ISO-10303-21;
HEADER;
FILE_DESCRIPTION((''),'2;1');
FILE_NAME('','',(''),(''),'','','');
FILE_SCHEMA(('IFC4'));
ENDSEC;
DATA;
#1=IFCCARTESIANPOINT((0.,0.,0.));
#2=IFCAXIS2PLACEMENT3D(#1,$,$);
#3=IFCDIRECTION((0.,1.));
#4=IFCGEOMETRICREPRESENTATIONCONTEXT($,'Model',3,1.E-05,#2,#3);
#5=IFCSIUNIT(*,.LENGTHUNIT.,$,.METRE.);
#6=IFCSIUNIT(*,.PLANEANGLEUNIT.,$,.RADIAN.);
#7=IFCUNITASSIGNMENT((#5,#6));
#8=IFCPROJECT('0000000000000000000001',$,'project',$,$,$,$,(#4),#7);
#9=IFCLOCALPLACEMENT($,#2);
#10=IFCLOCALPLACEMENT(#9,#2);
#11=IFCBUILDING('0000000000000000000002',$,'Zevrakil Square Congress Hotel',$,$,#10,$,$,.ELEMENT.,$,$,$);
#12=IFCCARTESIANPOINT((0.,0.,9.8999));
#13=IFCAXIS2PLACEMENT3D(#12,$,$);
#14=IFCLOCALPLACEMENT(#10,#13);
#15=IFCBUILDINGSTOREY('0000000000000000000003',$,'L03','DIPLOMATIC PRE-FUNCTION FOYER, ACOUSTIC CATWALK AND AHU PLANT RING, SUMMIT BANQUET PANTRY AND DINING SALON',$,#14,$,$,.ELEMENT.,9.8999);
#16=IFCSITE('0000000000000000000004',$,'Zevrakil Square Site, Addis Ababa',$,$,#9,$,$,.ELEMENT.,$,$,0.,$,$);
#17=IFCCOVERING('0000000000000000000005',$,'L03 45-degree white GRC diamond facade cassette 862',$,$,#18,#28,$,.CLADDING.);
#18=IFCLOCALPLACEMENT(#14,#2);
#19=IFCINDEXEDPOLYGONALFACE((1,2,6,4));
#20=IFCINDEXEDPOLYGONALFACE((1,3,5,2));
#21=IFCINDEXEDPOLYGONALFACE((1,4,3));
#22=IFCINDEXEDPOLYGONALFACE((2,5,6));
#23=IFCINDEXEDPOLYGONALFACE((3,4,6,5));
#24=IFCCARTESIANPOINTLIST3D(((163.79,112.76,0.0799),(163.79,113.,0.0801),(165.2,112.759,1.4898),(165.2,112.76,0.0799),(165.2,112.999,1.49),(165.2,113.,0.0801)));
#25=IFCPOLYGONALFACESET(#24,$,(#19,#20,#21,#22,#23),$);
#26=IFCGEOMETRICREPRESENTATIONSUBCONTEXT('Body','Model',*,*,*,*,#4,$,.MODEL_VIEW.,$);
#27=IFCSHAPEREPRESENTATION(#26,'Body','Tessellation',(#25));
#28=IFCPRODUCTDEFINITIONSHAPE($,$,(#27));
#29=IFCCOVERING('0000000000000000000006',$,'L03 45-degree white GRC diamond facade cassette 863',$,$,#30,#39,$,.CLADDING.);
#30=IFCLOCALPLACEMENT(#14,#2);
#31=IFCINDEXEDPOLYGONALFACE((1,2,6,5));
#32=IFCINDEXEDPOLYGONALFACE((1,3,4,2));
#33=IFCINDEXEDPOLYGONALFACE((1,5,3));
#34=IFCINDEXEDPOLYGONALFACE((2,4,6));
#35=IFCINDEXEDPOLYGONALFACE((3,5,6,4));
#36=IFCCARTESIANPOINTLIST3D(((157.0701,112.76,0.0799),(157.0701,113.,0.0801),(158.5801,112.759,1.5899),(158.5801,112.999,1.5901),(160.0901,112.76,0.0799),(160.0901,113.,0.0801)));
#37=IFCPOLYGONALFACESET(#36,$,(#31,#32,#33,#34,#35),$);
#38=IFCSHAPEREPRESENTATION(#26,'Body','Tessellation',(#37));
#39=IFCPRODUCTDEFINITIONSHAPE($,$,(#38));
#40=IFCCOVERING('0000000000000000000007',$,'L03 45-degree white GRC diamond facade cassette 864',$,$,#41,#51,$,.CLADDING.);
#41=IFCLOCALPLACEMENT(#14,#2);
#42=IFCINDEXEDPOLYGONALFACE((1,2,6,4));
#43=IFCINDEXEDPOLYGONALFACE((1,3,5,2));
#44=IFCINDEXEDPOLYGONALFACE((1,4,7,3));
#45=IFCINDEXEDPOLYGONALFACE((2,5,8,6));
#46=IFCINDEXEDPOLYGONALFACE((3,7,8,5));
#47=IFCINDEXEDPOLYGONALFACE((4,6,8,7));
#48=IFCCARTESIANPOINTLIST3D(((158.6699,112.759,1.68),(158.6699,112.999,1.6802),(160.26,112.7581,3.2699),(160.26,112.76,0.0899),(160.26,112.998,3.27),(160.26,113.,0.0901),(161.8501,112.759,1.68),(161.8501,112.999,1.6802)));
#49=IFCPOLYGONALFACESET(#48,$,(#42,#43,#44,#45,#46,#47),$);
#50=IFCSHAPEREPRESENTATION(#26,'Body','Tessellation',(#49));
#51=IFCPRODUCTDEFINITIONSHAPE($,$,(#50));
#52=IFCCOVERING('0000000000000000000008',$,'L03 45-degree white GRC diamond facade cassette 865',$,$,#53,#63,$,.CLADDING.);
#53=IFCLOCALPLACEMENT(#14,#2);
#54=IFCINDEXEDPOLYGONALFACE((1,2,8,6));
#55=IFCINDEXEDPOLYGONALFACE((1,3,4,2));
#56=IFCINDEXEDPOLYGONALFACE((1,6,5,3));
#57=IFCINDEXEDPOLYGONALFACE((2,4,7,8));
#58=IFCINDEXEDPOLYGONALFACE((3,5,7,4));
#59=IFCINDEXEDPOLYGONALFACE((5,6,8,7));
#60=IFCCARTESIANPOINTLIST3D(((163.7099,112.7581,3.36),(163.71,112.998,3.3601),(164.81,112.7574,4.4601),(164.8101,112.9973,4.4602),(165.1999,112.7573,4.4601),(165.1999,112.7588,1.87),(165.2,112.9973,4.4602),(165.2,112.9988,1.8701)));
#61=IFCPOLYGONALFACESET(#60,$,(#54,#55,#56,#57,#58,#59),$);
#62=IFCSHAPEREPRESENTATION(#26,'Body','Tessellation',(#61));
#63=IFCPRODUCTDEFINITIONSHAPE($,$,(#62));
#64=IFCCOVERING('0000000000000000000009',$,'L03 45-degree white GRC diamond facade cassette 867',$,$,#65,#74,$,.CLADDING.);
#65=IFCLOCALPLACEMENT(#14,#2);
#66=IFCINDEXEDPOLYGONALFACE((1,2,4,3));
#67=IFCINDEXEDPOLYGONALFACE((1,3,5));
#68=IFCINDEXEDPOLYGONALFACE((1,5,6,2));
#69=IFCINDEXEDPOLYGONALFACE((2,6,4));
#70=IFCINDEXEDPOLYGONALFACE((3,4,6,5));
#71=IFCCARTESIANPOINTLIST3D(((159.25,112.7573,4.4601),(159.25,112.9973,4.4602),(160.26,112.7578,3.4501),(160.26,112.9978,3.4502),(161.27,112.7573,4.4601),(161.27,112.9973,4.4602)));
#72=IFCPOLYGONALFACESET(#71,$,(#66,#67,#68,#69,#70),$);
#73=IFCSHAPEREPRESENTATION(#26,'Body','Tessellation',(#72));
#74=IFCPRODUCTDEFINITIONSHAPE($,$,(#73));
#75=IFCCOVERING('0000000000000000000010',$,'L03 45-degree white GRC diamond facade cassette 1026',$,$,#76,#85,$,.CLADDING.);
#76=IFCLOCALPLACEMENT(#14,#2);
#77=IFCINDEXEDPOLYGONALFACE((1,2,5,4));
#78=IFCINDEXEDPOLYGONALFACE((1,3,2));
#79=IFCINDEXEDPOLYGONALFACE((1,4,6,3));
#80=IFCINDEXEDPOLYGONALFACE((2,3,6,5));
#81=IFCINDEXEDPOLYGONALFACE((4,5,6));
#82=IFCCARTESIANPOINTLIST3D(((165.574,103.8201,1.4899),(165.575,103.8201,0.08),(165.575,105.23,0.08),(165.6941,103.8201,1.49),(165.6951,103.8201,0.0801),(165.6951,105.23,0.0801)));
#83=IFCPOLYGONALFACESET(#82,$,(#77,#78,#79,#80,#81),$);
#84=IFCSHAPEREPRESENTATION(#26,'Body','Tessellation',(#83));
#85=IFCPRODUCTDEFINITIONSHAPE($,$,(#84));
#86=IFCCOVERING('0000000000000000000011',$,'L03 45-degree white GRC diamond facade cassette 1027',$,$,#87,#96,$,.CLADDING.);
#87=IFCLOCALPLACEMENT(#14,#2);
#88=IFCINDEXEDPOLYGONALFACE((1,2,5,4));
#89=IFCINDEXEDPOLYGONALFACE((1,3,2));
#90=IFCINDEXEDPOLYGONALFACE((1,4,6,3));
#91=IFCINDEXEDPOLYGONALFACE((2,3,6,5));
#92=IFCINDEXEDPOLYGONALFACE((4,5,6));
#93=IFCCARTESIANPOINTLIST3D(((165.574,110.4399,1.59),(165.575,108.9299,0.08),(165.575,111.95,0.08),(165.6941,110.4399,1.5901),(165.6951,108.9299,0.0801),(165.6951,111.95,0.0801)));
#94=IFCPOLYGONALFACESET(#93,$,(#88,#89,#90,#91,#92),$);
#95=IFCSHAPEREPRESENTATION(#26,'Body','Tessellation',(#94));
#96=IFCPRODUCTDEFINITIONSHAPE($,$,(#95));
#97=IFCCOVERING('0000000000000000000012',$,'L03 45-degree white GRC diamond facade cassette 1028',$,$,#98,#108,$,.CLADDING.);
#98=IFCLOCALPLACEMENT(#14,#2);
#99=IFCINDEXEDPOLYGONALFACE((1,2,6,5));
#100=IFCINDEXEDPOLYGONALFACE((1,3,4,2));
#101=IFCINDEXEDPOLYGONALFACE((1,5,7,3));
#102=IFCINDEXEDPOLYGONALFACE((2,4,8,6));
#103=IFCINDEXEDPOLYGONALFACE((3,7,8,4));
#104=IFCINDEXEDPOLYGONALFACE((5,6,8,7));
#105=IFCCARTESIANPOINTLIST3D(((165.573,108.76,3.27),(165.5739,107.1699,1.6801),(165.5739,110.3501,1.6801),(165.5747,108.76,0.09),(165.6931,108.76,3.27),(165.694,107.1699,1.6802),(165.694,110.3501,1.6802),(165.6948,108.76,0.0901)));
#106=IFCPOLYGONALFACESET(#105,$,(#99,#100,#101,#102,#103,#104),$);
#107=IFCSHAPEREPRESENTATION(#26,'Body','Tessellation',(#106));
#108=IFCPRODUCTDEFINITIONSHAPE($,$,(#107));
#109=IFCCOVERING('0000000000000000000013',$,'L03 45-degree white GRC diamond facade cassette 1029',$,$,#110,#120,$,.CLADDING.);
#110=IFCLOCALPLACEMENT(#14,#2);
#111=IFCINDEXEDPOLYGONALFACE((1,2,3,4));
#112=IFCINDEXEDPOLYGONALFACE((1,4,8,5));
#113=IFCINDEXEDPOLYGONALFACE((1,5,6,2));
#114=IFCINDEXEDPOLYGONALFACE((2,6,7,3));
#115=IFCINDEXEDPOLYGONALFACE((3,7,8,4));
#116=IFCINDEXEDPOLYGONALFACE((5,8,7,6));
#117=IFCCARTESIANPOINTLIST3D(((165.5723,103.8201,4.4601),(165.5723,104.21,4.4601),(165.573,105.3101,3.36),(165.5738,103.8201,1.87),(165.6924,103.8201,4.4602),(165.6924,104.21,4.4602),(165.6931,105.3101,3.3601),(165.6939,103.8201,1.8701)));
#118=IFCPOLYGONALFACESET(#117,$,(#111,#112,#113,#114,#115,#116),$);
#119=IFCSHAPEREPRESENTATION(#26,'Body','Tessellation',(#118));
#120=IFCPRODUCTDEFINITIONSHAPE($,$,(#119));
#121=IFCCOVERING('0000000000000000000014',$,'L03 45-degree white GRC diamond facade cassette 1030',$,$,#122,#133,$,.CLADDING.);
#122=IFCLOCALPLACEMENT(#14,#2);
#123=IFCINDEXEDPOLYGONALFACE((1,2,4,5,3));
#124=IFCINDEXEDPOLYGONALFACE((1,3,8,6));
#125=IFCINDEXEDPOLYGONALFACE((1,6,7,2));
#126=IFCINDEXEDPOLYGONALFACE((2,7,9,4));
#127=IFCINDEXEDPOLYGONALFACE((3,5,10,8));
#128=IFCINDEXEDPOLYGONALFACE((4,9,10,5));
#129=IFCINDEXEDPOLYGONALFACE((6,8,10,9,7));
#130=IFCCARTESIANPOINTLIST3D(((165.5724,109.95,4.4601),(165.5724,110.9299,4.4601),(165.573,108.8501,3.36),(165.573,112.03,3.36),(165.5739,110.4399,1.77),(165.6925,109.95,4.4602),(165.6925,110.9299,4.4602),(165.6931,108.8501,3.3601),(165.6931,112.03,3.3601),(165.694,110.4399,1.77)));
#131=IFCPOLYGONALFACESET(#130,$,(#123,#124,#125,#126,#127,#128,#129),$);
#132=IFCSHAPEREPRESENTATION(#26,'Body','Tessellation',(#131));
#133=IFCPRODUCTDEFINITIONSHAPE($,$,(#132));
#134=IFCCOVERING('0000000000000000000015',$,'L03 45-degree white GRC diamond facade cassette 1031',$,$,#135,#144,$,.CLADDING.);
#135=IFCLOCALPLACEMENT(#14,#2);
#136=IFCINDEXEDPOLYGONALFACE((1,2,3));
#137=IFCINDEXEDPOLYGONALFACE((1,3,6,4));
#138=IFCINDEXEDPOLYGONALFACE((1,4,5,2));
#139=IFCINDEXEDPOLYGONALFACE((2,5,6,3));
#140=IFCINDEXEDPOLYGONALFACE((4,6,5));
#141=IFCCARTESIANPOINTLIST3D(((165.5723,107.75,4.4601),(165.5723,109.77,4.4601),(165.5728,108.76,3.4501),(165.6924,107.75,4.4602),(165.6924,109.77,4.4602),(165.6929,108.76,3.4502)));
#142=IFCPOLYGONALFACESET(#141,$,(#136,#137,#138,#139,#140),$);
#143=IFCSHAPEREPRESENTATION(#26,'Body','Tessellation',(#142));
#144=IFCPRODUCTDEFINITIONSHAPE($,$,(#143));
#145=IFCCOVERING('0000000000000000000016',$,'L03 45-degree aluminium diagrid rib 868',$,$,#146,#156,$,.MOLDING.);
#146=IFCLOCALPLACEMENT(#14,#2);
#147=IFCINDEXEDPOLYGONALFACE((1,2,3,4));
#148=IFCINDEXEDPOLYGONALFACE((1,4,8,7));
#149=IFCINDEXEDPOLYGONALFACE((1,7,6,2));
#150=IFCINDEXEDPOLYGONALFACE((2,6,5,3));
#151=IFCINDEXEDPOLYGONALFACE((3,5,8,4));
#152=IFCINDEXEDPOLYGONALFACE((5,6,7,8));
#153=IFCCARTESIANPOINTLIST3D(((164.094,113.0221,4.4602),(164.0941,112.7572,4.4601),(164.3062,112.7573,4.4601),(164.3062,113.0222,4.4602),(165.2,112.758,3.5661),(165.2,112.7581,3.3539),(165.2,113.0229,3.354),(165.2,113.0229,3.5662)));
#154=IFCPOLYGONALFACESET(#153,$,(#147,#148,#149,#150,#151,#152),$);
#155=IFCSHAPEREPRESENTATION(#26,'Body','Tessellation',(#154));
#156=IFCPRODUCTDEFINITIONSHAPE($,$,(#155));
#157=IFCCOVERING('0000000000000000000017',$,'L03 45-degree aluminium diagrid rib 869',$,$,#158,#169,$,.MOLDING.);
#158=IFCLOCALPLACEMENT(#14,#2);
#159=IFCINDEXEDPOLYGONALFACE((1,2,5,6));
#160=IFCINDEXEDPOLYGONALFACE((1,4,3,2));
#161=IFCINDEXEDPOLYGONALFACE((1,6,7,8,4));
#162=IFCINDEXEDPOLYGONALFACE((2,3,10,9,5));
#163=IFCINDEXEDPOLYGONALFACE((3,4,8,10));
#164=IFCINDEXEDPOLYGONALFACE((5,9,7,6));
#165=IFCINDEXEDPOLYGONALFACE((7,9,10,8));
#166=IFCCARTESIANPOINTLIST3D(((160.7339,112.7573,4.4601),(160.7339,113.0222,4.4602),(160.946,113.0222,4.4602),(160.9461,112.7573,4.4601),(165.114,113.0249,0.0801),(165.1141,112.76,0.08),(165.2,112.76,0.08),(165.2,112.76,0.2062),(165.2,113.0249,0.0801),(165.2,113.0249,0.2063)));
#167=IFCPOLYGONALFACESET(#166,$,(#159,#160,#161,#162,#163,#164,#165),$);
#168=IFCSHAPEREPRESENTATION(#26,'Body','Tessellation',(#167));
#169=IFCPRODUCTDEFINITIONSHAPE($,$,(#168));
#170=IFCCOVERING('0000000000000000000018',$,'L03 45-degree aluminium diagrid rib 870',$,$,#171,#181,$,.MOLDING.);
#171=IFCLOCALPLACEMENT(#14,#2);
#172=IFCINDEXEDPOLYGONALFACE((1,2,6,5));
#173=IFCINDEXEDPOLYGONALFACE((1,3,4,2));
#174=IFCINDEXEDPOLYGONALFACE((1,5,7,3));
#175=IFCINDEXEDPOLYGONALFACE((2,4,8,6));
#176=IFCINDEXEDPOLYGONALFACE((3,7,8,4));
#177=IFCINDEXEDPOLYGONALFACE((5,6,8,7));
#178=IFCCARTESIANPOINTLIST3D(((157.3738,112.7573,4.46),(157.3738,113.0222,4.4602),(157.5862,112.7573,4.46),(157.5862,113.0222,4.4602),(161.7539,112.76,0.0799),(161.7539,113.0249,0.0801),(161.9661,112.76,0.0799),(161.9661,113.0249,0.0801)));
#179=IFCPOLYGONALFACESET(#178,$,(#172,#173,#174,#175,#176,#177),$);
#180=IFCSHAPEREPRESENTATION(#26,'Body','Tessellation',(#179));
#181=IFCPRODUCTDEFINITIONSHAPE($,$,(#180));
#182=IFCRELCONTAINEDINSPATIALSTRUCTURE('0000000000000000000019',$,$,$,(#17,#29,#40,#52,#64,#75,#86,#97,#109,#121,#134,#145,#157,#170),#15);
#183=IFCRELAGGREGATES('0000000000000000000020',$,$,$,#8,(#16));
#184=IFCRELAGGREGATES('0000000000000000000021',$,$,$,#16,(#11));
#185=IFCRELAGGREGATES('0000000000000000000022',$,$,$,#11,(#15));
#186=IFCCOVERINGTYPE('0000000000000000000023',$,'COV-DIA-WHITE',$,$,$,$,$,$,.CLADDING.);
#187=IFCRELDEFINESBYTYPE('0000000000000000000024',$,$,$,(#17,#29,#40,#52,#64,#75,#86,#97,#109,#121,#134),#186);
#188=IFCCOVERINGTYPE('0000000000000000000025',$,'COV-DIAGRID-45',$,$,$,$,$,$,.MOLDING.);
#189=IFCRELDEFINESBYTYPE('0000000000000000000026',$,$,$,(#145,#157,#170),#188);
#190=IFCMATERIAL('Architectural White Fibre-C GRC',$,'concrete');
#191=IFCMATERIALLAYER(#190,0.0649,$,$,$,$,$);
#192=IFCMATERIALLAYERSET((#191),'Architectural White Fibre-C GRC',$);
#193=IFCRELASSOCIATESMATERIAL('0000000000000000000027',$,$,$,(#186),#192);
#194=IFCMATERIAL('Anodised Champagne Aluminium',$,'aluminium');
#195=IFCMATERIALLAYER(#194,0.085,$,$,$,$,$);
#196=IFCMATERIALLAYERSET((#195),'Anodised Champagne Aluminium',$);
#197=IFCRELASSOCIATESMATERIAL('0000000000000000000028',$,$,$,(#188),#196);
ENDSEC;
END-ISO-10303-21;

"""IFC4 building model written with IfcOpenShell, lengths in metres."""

from ifc_helpers import new_model, si_unit, direction, frame, origin, place, context, subcontext, project, spatial, polyline, outline, extrude, material, layer, layer_set, type_object, element, save


model = new_model("IFC4")

# Units and contexts
model_context = context("Model", 3, precision=1e-05, world=origin(), true_north=direction((0.0, 1.0)))
body_context = subcontext(model_context, "Body", "Model", "MODEL_VIEW")
ifc_project = project(units=[si_unit("LENGTHUNIT", "METRE"), si_unit("PLANEANGLEUNIT", "RADIAN")], contexts=[model_context])

# Site, building, storey
site_placement = place(None, origin())
site = spatial("IfcSite", under=ifc_project, at=site_placement, Name="Zevrakil Square Site, Addis Ababa", CompositionType="ELEMENT", RefElevation=0.0)
building_placement = place(site_placement, origin())
building = spatial("IfcBuilding", under=site, at=building_placement, Name="Zevrakil Square Congress Hotel", CompositionType="ELEMENT")
storey_placement = place(building_placement, frame((0.0, 0.0, 9.8999)))
storey = spatial("IfcBuildingStorey", under=building, at=storey_placement, Name="L03", Description="DIPLOMATIC PRE-FUNCTION FOYER, ACOUSTIC CATWALK AND AHU PLANT RING, SUMMIT BANQUET PANTRY AND DINING SALON", CompositionType="ELEMENT", Elevation=9.8999)

# Coverings
ifc_material_1 = material(Name="Architectural White Fibre-C GRC", Category="concrete")
ifc_layer_1 = layer(ifc_material_1, 0.0649)
ifc_layer_set_1 = layer_set([ifc_layer_1], Name="Architectural White Fibre-C GRC")
covering_type_1 = type_object("IfcCoveringType", Name="COV-DIA-WHITE", PredefinedType="CLADDING", material=ifc_layer_set_1)
covering_1_placement = place(storey_placement, frame((163.79, 113.0, 0.0801), z_axis=(0.0, 1.0, 0.000693), x_axis=(1.0, 0.0, 0.0)))
element("IfcCovering", 1, at=covering_1_placement, inside=storey, type_object=covering_type_1, Name="L03 45-degree white GRC diamond facade cassette 862", PredefinedType="CLADDING", context=body_context, shape_type="SweptSolid", body=[
    extrude(outline(polyline([(0.0, 0.0), (1.4099, 0.0), (1.4099, -1.4099), (0.0, 0.0)])), origin(), (0.0, 0.0, -1.0), 0.24),
])
covering_2_placement = place(storey_placement, frame((158.5801, 112.999, 1.5901), z_axis=(0.0, 1.0, 0.000647), x_axis=(-0.707107, 0.000457, -0.707107)))
element("IfcCovering", 2, at=covering_2_placement, inside=storey, type_object=covering_type_1, Name="L03 45-degree white GRC diamond facade cassette 863", PredefinedType="CLADDING", context=body_context, shape_type="SweptSolid", body=[
    extrude(outline(polyline([(0.0, 0.0), (2.1355, 0.0), (0.0, -2.1355), (0.0, 0.0)])), origin(), (0.0, 0.0, -1.0), 0.24),
])
covering_3_placement = place(storey_placement, frame((160.26, 112.998, 3.27), z_axis=(0.0, 1.0, 0.000614), x_axis=(-0.707161, 0.000434, -0.707052)))
element("IfcCovering", 3, at=covering_3_placement, inside=storey, type_object=covering_type_1, Name="L03 45-degree white GRC diamond facade cassette 864", PredefinedType="CLADDING", context=body_context, shape_type="SweptSolid", body=[
    extrude(outline(polyline([(0.0, 0.0), (2.2486, 0.0), (2.2484, -2.2487), (-0.0003, -2.2486), (0.0, 0.0)])), origin(), (0.0, 0.0, -1.0), 0.24),
])
covering_4_placement = place(storey_placement, frame((163.71, 112.998, 3.3601), z_axis=(0.000067, 1.0, 0.000576), x_axis=(0.707107, 0.00036, -0.707107)))
element("IfcCovering", 4, at=covering_4_placement, inside=storey, type_object=covering_type_1, Name="L03 45-degree white GRC diamond facade cassette 865", PredefinedType="CLADDING", context=body_context, shape_type="SweptSolid", body=[
    extrude(outline(polyline([(0.0, 0.0), (2.1072, 0.0), (0.2757, -1.8315), (0.0, -1.5558), (0.0, 0.0)])), origin(), (0.0, 0.0, -1.0), 0.24),
])
covering_5_placement = place(storey_placement, frame((160.26, 112.9978, 3.4502), z_axis=(0.0, 1.0, 0.000483), x_axis=(0.707107, -0.000342, 0.707107)))
element("IfcCovering", 5, at=covering_5_placement, inside=storey, type_object=covering_type_1, Name="L03 45-degree white GRC diamond facade cassette 867", PredefinedType="CLADDING", context=body_context, shape_type="SweptSolid", body=[
    extrude(outline(polyline([(0.0, 0.0), (1.4284, 0.0), (0.0, -1.4284), (0.0, 0.0)])), origin(), (0.0, 0.0, -1.0), 0.24),
])
covering_6_placement = place(storey_placement, frame((165.6951, 105.23, 0.0801), z_axis=(1.0, 0.0, 0.000693), x_axis=(0.0, -1.0, 0.0)))
element("IfcCovering", 6, at=covering_6_placement, inside=storey, type_object=covering_type_1, Name="L03 45-degree white GRC diamond facade cassette 1026", PredefinedType="CLADDING", context=body_context, shape_type="SweptSolid", body=[
    extrude(outline(polyline([(0.0, 0.0), (1.4099, 0.0), (1.4099, -1.4099), (0.0, 0.0)])), origin(), (0.0, 0.0, -1.0), 0.1201),
])
covering_7_placement = place(storey_placement, frame((165.6941, 110.4399, 1.5901), z_axis=(1.0, 0.0, 0.000647), x_axis=(0.000457, 0.707107, -0.707107)))
element("IfcCovering", 7, at=covering_7_placement, inside=storey, type_object=covering_type_1, Name="L03 45-degree white GRC diamond facade cassette 1027", PredefinedType="CLADDING", context=body_context, shape_type="SweptSolid", body=[
    extrude(outline(polyline([(0.0, 0.0), (2.1355, 0.0), (0.0, -2.1355), (0.0, 0.0)])), origin(), (0.0, 0.0, -1.0), 0.1201),
])
covering_8_placement = place(storey_placement, frame((165.6931, 108.76, 3.27), z_axis=(1.0, 0.0, 0.000537), x_axis=(0.00038, 0.707161, -0.707052)))
element("IfcCovering", 8, at=covering_8_placement, inside=storey, type_object=covering_type_1, Name="L03 45-degree white GRC diamond facade cassette 1028", PredefinedType="CLADDING", context=body_context, shape_type="SweptSolid", body=[
    extrude(outline(polyline([(0.0, 0.0), (2.2486, 0.0), (2.2484, -2.2487), (-0.0003, -2.2486), (0.0, 0.0)])), origin(), (0.0, 0.0, -1.0), 0.1201),
])
covering_9_placement = place(storey_placement, frame((165.6931, 105.3101, 3.3601), z_axis=(1.0, -0.000067, 0.000576), x_axis=(0.00036, -0.707107, -0.707107)))
element("IfcCovering", 9, at=covering_9_placement, inside=storey, type_object=covering_type_1, Name="L03 45-degree white GRC diamond facade cassette 1029", PredefinedType="CLADDING", context=body_context, shape_type="SweptSolid", body=[
    extrude(outline(polyline([(0.0, 0.0), (2.1072, 0.0), (0.2757, -1.8315), (0.0, -1.5558), (0.0, 0.0)])), origin(), (0.0, 0.0, -1.0), 0.1201),
])
covering_10_placement = place(storey_placement, frame((165.6931, 112.03, 3.3601), z_axis=(1.0, 0.0, 0.000558), x_axis=(0.000395, -0.707107, -0.707107)))
element("IfcCovering", 10, at=covering_10_placement, inside=storey, type_object=covering_type_1, Name="L03 45-degree white GRC diamond facade cassette 1030", PredefinedType="CLADDING", context=body_context, shape_type="SweptSolid", body=[
    extrude(outline(polyline([(0.0, 0.0), (2.2487, 0.0), (2.2486, -2.2486), (0.693, -2.2487), (0.0, -1.5558), (0.0, 0.0)])), origin(), (0.0, 0.0, -1.0), 0.1201),
])
covering_11_placement = place(storey_placement, frame((165.6929, 108.76, 3.4502), z_axis=(1.0, 0.0, 0.000483), x_axis=(-0.000342, -0.707107, 0.707107)))
element("IfcCovering", 11, at=covering_11_placement, inside=storey, type_object=covering_type_1, Name="L03 45-degree white GRC diamond facade cassette 1031", PredefinedType="CLADDING", context=body_context, shape_type="SweptSolid", body=[
    extrude(outline(polyline([(0.0, 0.0), (1.4284, 0.0), (0.0, -1.4284), (0.0, 0.0)])), origin(), (0.0, 0.0, -1.0), 0.1201),
])
ifc_material_2 = material(Name="Anodised Champagne Aluminium", Category="aluminium")
ifc_layer_2 = layer(ifc_material_2, 0.085)
ifc_layer_set_2 = layer_set([ifc_layer_2], Name="Anodised Champagne Aluminium")
covering_type_2 = type_object("IfcCoveringType", Name="COV-DIAGRID-45", PredefinedType="MOLDING", material=ifc_layer_set_2)
covering_12_placement = place(storey_placement, frame((165.2, 113.0229, 3.354), z_axis=(-0.000366, 1.0, 0.000366), x_axis=(0.0, -0.000366, 1.0)))
element("IfcCovering", 12, at=covering_12_placement, inside=storey, type_object=covering_type_2, Name="L03 45-degree aluminium diagrid rib 868", PredefinedType="MOLDING", context=body_context, shape_type="SweptSolid", body=[
    extrude(outline(polyline([(0.0, 0.0), (0.2122, 0.0), (1.1062, -0.8938), (1.1062, -1.106), (0.0, 0.0)])), origin(), (0.0, 0.0, -1.0), 0.2649),
])
covering_13_placement = place(storey_placement, frame((165.114, 113.0249, 0.0801), z_axis=(-0.000184, 1.0, 0.000434), x_axis=(1.0, 0.000184, 0.0)))
element("IfcCovering", 13, at=covering_13_placement, inside=storey, type_object=covering_type_2, Name="L03 45-degree aluminium diagrid rib 869", PredefinedType="MOLDING", context=body_context, shape_type="SweptSolid", body=[
    extrude(outline(polyline([(0.0, 0.0), (0.0859, 0.0), (0.0859, -0.1262), (-4.168, -4.3801), (-4.3801, -4.3801), (0.0, 0.0)])), origin(), (0.0, 0.0, -1.0), 0.2649),
])
covering_14_placement = place(storey_placement, frame((161.7539, 113.0249, 0.0801), z_axis=(0.0, 1.0, 0.000613), x_axis=(1.0, 0.0, 0.0)))
element("IfcCovering", 14, at=covering_14_placement, inside=storey, type_object=covering_type_2, Name="L03 45-degree aluminium diagrid rib 870", PredefinedType="MOLDING", context=body_context, shape_type="SweptSolid", body=[
    extrude(outline(polyline([(0.0, 0.0), (0.2122, 0.0), (-4.1677, -4.3801), (-4.3801, -4.3801), (0.0, 0.0)])), origin(), (0.0, 0.0, -1.0), 0.2649),
])

save(model, "model.ifc")
